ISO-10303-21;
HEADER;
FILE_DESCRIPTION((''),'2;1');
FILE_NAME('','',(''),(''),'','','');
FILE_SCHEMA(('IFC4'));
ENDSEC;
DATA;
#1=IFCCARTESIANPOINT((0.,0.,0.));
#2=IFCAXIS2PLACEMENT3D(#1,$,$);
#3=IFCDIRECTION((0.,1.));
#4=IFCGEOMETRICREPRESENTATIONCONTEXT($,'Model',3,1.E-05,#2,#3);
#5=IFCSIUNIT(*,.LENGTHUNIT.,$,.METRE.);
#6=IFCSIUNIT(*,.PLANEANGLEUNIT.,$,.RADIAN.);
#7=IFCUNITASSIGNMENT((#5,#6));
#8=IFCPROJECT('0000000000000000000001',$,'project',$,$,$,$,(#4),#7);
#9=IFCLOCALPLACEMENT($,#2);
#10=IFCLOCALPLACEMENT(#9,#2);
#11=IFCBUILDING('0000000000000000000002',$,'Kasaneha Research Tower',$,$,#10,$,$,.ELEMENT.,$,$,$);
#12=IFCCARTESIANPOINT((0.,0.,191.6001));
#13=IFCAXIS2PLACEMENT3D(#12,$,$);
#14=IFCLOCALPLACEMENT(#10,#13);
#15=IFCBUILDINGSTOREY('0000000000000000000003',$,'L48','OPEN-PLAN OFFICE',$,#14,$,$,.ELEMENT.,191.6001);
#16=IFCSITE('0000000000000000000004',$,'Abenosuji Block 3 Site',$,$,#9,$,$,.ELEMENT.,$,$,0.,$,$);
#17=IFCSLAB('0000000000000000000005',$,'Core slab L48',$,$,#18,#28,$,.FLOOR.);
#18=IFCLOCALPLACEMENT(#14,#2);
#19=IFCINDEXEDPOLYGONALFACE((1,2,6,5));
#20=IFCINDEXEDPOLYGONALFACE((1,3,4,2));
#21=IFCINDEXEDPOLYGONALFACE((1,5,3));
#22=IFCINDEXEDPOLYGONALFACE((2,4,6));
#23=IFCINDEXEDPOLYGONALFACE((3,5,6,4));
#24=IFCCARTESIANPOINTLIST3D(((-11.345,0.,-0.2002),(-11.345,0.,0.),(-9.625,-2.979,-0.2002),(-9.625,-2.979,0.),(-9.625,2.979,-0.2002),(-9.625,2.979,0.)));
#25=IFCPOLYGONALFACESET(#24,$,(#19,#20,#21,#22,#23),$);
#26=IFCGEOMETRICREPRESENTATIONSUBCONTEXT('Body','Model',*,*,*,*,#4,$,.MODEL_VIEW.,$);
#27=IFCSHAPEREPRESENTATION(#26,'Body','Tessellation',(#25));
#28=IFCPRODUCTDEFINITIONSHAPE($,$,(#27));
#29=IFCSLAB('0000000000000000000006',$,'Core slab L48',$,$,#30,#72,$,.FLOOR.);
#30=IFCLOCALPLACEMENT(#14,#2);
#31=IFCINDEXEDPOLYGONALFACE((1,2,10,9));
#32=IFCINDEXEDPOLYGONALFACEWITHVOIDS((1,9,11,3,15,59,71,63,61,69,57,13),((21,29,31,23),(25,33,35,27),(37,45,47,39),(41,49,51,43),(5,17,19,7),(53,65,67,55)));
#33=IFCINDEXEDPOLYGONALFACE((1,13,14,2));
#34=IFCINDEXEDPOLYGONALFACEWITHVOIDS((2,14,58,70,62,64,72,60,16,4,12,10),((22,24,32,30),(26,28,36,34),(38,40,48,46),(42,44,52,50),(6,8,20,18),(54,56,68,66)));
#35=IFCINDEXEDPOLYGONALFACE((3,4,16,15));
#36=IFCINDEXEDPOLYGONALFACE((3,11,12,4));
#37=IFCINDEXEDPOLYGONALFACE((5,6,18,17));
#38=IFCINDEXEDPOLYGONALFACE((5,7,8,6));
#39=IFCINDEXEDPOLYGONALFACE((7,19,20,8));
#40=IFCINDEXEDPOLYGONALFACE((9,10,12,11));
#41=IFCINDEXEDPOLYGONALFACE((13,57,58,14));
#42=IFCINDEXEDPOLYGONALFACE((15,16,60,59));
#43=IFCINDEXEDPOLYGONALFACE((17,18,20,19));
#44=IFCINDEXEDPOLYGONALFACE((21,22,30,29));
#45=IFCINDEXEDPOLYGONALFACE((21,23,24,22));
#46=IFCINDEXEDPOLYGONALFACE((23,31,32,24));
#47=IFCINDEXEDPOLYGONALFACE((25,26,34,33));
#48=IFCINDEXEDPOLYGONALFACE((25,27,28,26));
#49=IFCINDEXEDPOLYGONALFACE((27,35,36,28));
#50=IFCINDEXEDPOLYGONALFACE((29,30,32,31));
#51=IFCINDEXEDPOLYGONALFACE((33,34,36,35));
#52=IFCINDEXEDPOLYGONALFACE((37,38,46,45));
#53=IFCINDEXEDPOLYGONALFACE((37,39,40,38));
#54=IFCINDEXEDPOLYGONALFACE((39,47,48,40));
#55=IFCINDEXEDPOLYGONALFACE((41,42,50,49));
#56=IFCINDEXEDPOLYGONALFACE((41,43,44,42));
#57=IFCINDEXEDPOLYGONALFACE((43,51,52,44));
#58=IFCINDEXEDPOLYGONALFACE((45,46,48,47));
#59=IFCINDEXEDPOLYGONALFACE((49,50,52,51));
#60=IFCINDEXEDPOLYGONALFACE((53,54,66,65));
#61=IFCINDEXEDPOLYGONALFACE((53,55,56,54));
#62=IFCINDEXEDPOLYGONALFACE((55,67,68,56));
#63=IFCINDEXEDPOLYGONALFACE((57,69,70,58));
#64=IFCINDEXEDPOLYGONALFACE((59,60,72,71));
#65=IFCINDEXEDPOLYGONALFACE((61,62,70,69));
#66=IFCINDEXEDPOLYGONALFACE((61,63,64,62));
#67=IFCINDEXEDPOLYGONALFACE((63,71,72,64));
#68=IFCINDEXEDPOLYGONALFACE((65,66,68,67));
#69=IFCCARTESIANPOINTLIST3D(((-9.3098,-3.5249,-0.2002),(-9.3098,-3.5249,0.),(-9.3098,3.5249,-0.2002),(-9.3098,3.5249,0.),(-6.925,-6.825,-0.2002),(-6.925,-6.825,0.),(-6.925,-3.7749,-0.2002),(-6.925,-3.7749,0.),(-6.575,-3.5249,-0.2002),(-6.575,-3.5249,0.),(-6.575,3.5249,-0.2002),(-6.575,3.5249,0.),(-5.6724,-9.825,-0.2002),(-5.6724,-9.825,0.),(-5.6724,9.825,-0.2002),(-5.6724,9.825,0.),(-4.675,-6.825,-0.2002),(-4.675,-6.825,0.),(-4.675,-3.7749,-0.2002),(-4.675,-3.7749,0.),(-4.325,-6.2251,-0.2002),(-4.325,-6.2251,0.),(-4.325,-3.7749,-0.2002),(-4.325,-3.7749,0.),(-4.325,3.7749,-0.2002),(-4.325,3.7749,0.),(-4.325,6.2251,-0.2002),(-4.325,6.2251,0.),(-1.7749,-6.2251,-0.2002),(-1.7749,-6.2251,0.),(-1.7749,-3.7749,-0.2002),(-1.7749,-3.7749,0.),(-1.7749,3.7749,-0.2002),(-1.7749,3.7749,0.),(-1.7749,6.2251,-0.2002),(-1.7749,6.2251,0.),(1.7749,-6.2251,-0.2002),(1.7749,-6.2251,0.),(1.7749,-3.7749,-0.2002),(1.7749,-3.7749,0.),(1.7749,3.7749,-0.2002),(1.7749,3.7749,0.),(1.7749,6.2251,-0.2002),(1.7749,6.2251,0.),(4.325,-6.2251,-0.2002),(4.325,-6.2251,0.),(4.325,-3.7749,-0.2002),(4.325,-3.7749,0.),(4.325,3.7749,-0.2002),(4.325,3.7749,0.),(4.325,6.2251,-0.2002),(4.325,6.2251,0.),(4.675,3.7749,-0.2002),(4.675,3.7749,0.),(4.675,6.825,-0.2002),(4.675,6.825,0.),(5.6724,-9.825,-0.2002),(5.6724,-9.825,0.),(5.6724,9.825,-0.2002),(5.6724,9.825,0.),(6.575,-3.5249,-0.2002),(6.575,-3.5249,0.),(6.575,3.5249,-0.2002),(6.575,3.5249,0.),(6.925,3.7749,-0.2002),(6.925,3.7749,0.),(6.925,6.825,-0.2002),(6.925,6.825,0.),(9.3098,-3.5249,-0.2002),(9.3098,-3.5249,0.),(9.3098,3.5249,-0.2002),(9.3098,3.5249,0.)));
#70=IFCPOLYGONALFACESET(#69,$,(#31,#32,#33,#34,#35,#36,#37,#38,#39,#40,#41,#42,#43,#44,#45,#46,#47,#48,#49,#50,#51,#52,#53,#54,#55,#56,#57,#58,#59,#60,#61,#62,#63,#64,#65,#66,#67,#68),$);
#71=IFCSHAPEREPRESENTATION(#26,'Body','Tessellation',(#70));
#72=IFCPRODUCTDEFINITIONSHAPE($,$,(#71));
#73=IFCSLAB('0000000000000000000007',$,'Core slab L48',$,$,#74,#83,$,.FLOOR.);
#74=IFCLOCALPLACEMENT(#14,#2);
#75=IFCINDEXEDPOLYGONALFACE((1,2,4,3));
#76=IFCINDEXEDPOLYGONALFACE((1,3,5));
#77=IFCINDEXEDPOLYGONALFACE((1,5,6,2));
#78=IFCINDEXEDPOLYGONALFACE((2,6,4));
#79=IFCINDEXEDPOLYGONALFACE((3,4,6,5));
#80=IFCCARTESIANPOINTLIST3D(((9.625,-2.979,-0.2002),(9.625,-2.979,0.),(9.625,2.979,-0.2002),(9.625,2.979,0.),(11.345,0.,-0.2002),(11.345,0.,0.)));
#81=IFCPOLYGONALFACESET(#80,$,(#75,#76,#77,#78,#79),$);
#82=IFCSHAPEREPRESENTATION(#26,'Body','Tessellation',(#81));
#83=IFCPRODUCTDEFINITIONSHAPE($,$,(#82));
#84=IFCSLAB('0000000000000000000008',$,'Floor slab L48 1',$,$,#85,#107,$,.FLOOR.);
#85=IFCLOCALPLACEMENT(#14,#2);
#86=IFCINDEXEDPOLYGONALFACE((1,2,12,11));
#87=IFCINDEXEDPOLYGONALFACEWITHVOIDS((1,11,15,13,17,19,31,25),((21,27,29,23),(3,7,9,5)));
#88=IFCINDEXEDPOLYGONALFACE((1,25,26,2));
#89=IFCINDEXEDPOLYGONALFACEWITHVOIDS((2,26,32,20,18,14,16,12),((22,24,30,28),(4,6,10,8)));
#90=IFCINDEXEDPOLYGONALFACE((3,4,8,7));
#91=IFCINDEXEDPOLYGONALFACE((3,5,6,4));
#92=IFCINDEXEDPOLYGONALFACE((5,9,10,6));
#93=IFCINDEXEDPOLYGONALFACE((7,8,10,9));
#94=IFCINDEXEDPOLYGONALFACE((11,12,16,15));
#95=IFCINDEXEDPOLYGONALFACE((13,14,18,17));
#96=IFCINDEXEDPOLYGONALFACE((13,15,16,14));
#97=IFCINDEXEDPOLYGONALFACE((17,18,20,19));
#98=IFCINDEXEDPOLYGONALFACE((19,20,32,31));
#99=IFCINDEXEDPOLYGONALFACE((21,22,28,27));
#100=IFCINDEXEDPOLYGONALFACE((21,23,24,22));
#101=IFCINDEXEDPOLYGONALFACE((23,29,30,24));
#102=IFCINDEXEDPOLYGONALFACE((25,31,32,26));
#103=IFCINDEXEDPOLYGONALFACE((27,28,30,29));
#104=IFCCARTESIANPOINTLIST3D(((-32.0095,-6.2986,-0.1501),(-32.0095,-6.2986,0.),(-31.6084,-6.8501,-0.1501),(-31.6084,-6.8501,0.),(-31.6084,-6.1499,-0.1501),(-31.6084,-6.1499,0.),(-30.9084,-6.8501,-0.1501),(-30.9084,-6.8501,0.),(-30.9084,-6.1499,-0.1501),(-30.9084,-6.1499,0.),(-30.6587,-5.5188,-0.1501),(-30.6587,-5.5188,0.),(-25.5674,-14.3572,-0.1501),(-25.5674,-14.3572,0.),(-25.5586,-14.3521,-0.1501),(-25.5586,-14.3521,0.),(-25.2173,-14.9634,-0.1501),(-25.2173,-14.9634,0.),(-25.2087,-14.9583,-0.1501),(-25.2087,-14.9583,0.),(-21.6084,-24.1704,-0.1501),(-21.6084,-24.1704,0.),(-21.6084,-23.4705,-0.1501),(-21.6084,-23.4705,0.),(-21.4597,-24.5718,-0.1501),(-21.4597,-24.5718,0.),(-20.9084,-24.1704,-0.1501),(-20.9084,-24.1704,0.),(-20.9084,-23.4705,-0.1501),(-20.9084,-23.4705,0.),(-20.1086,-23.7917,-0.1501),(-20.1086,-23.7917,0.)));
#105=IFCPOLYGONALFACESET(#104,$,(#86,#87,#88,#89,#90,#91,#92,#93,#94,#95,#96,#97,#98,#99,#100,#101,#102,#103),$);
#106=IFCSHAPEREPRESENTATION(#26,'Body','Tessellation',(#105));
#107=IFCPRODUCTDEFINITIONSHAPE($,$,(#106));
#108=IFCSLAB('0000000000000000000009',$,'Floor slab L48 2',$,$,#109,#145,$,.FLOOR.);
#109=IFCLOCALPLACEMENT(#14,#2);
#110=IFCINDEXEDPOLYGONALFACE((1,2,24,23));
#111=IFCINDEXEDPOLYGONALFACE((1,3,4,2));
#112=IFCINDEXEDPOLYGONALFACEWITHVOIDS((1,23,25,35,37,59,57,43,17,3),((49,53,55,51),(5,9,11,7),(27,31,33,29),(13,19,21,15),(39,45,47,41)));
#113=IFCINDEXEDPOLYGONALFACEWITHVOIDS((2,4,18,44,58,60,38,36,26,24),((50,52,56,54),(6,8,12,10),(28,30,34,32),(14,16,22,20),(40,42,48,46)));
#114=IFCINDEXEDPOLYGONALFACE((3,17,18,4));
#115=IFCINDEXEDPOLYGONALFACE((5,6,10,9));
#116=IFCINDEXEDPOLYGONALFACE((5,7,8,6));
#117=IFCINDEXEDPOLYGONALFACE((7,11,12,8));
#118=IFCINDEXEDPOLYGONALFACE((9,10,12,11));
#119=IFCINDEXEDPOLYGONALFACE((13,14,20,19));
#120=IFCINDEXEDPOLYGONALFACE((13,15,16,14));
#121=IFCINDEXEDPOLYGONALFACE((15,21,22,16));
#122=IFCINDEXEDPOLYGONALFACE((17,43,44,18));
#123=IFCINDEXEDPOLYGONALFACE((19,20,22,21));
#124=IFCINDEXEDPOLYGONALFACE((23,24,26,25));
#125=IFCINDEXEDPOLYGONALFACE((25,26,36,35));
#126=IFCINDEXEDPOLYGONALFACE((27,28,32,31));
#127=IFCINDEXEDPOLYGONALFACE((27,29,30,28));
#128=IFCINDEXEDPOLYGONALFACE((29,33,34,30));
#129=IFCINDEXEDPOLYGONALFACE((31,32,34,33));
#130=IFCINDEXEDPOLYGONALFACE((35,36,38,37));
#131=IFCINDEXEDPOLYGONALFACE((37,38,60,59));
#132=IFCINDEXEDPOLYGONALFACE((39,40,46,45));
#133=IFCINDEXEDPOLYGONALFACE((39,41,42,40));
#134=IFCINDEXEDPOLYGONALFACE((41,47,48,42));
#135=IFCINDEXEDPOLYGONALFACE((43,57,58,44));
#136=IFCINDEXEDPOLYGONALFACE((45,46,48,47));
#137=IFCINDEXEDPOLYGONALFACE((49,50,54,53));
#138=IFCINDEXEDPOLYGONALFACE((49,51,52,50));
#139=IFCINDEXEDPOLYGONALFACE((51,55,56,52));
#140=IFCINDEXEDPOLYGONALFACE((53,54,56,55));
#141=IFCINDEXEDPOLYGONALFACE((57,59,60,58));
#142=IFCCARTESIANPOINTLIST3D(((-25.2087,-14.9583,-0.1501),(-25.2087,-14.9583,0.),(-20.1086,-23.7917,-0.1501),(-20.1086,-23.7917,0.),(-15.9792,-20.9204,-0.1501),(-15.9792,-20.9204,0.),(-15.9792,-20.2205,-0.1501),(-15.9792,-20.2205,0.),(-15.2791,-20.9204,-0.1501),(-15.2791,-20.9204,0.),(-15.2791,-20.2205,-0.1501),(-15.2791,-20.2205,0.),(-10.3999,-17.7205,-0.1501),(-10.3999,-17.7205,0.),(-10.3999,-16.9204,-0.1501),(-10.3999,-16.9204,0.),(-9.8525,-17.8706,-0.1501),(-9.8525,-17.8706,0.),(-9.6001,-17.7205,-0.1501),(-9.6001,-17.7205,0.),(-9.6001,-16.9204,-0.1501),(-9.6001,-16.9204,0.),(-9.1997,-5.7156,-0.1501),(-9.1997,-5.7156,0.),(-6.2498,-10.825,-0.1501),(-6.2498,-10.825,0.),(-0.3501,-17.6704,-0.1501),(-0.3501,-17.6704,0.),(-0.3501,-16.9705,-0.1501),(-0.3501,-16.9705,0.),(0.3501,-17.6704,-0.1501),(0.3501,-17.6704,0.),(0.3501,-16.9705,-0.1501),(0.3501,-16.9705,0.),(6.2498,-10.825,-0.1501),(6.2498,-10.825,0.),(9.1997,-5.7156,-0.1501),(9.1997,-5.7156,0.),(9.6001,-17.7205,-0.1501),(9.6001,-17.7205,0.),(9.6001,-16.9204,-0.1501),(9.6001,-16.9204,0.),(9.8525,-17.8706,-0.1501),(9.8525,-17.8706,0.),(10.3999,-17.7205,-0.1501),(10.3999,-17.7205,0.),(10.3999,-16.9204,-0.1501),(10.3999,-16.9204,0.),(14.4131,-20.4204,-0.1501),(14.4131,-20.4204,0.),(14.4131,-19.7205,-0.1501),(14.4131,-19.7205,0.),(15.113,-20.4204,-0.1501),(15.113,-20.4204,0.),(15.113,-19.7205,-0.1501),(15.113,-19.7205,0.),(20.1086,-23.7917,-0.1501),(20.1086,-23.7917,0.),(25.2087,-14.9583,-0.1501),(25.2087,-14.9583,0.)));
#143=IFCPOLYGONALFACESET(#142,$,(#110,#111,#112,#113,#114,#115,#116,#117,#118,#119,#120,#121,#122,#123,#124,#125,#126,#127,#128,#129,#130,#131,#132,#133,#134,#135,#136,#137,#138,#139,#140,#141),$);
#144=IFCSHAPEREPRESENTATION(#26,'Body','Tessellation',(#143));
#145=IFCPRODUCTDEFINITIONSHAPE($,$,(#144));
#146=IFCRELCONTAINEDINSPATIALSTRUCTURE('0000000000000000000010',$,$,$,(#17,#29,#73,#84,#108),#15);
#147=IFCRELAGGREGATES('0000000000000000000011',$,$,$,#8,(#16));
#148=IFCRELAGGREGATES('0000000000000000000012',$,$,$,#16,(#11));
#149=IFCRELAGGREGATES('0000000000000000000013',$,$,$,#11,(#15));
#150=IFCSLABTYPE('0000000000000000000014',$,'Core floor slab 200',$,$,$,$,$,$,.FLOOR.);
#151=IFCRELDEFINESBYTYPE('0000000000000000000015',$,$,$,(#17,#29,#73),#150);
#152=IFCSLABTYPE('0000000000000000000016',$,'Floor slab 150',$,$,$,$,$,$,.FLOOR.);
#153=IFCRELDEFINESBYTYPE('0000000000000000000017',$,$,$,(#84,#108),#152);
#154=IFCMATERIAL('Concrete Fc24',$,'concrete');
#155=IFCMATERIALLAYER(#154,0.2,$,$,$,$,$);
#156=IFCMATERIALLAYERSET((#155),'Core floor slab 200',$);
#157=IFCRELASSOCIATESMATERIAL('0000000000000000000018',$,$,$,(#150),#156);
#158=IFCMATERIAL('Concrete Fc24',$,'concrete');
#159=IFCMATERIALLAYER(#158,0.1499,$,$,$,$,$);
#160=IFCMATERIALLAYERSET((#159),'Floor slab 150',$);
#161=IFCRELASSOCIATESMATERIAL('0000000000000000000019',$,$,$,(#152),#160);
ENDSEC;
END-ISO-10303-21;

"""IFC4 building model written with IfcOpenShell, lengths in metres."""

from ifc_helpers import new_model, si_unit, direction, frame, origin, place, context, subcontext, project, spatial, polyline, outline, extrude, material, layer, layer_set, type_object, element, save


model = new_model("IFC4")

# Units and contexts
model_context = context("Model", 3, precision=1e-05, world=origin(), true_north=direction((0.0, 1.0)))
body_context = subcontext(model_context, "Body", "Model", "MODEL_VIEW")
ifc_project = project(units=[si_unit("LENGTHUNIT", "METRE"), si_unit("PLANEANGLEUNIT", "RADIAN")], contexts=[model_context])

# Site, building, storey
site_placement = place(None, origin())
site = spatial("IfcSite", under=ifc_project, at=site_placement, Name="Abenosuji Block 3 Site", CompositionType="ELEMENT", RefElevation=0.0)
building_placement = place(site_placement, origin())
building = spatial("IfcBuilding", under=site, at=building_placement, Name="Kasaneha Research Tower", CompositionType="ELEMENT")
storey_placement = place(building_placement, frame((0.0, 0.0, 191.6001)))
storey = spatial("IfcBuildingStorey", under=building, at=storey_placement, Name="L48", Description="OPEN-PLAN OFFICE", CompositionType="ELEMENT", Elevation=191.6001)

# Slabs
ifc_material_1 = material(Name="Concrete Fc24", Category="concrete")
ifc_layer_1 = layer(ifc_material_1, 0.2)
ifc_layer_set_1 = layer_set([ifc_layer_1], Name="Core floor slab 200")
slab_type_1 = type_object("IfcSlabType", Name="Core floor slab 200", PredefinedType="FLOOR", material=ifc_layer_set_1)
slab_1_placement = place(storey_placement, frame((0.0, 0.0, -0.2002)))
element("IfcSlab", 1, at=slab_1_placement, inside=storey, type_object=slab_type_1, Name="Core slab L48", PredefinedType="FLOOR", context=body_context, shape_type="SweptSolid", body=[
    extrude(outline(polyline([(-11.345, 0.0), (-9.625, 2.979), (-9.625, -2.979), (-11.345, 0.0)])), origin(), (0.0, 0.0, 1.0), 0.2002),
])
slab_2_placement = place(storey_placement, frame((0.0, 0.0, -0.2002)))
element("IfcSlab", 2, at=slab_2_placement, inside=storey, type_object=slab_type_1, Name="Core slab L48", PredefinedType="FLOOR", context=body_context, shape_type="SweptSolid", body=[
    extrude(outline(polyline([(-5.6724, 9.825), (5.6724, 9.825), (9.3098, 3.5249), (6.575, 3.5249), (6.575, -3.5249), (9.3098, -3.5249), (5.6724, -9.825), (-5.6724, -9.825), (-9.3098, -3.5249), (-6.575, -3.5249), (-6.575, 3.5249), (-9.3098, 3.5249), (-5.6724, 9.825)]), holes=[polyline([(-6.925, -3.7749), (-6.925, -6.825), (-4.675, -6.825), (-4.675, -3.7749), (-6.925, -3.7749)]), polyline([(-4.325, -3.7749), (-4.325, -6.2251), (-1.7749, -6.2251), (-1.7749, -3.7749), (-4.325, -3.7749)]), polyline([(1.7749, -3.7749), (1.7749, -6.2251), (4.325, -6.2251), (4.325, -3.7749), (1.7749, -3.7749)]), polyline([(-4.325, 6.2251), (-4.325, 3.7749), (-1.7749, 3.7749), (-1.7749, 6.2251), (-4.325, 6.2251)]), polyline([(1.7749, 6.2251), (1.7749, 3.7749), (4.325, 3.7749), (4.325, 6.2251), (1.7749, 6.2251)]), polyline([(4.675, 6.825), (4.675, 3.7749), (6.925, 3.7749), (6.925, 6.825), (4.675, 6.825)])]), origin(), (0.0, 0.0, 1.0), 0.2002),
])
slab_3_placement = place(storey_placement, frame((0.0, 0.0, -0.2002)))
element("IfcSlab", 3, at=slab_3_placement, inside=storey, type_object=slab_type_1, Name="Core slab L48", PredefinedType="FLOOR", context=body_context, shape_type="SweptSolid", body=[
    extrude(outline(polyline([(11.345, 0.0), (9.625, -2.979), (9.625, 2.979), (11.345, 0.0)])), origin(), (0.0, 0.0, 1.0), 0.2002),
])
ifc_material_2 = material(Name="Concrete Fc24", Category="concrete")
ifc_layer_2 = layer(ifc_material_2, 0.1499)
ifc_layer_set_2 = layer_set([ifc_layer_2], Name="Floor slab 150")
slab_type_2 = type_object("IfcSlabType", Name="Floor slab 150", PredefinedType="FLOOR", material=ifc_layer_set_2)
slab_4_placement = place(storey_placement, frame((0.0, 0.0, -0.1501)))
element("IfcSlab", 4, at=slab_4_placement, inside=storey, type_object=slab_type_2, Name="Floor slab L48 1", PredefinedType="FLOOR", context=body_context, shape_type="SweptSolid", body=[
    extrude(outline(polyline([(-32.0095, -6.2986), (-30.6587, -5.5188), (-25.5586, -14.3521), (-25.5674, -14.3572), (-25.2173, -14.9634), (-25.2087, -14.9583), (-20.1086, -23.7917), (-21.4597, -24.5718), (-32.0095, -6.2986)]), holes=[polyline([(-20.9084, -24.1704), (-20.9084, -23.4705), (-21.6084, -23.4705), (-21.6084, -24.1704), (-20.9084, -24.1704)]), polyline([(-30.9084, -6.8501), (-30.9084, -6.1499), (-31.6084, -6.1499), (-31.6084, -6.8501), (-30.9084, -6.8501)])]), origin(), (0.0, 0.0, 1.0), 0.1501),
])
slab_5_placement = place(storey_placement, frame((0.0, 0.0, -0.1501)))
element("IfcSlab", 5, at=slab_5_placement, inside=storey, type_object=slab_type_2, Name="Floor slab L48 2", PredefinedType="FLOOR", context=body_context, shape_type="SweptSolid", body=[
    extrude(outline(polyline([(9.8525, -17.8706), (-9.8525, -17.8706), (-20.1086, -23.7917), (-25.2087, -14.9583), (-9.1997, -5.7156), (-6.2498, -10.825), (6.2498, -10.825), (9.1997, -5.7156), (25.2087, -14.9583), (20.1086, -23.7917), (9.8525, -17.8706)]), holes=[polyline([(-15.2791, -20.9204), (-15.2791, -20.2205), (-15.9792, -20.2205), (-15.9792, -20.9204), (-15.2791, -20.9204)]), polyline([(0.3501, -17.6704), (0.3501, -16.9705), (-0.3501, -16.9705), (-0.3501, -17.6704), (0.3501, -17.6704)]), polyline([(-10.3999, -17.7205), (-9.6001, -17.7205), (-9.6001, -16.9204), (-10.3999, -16.9204), (-10.3999, -17.7205)]), polyline([(15.113, -20.4204), (15.113, -19.7205), (14.4131, -19.7205), (14.4131, -20.4204), (15.113, -20.4204)]), polyline([(9.6001, -17.7205), (10.3999, -17.7205), (10.3999, -16.9204), (9.6001, -16.9204), (9.6001, -17.7205)])]), origin(), (0.0, 0.0, 1.0), 0.1501),
])

save(model, "model.ifc")
